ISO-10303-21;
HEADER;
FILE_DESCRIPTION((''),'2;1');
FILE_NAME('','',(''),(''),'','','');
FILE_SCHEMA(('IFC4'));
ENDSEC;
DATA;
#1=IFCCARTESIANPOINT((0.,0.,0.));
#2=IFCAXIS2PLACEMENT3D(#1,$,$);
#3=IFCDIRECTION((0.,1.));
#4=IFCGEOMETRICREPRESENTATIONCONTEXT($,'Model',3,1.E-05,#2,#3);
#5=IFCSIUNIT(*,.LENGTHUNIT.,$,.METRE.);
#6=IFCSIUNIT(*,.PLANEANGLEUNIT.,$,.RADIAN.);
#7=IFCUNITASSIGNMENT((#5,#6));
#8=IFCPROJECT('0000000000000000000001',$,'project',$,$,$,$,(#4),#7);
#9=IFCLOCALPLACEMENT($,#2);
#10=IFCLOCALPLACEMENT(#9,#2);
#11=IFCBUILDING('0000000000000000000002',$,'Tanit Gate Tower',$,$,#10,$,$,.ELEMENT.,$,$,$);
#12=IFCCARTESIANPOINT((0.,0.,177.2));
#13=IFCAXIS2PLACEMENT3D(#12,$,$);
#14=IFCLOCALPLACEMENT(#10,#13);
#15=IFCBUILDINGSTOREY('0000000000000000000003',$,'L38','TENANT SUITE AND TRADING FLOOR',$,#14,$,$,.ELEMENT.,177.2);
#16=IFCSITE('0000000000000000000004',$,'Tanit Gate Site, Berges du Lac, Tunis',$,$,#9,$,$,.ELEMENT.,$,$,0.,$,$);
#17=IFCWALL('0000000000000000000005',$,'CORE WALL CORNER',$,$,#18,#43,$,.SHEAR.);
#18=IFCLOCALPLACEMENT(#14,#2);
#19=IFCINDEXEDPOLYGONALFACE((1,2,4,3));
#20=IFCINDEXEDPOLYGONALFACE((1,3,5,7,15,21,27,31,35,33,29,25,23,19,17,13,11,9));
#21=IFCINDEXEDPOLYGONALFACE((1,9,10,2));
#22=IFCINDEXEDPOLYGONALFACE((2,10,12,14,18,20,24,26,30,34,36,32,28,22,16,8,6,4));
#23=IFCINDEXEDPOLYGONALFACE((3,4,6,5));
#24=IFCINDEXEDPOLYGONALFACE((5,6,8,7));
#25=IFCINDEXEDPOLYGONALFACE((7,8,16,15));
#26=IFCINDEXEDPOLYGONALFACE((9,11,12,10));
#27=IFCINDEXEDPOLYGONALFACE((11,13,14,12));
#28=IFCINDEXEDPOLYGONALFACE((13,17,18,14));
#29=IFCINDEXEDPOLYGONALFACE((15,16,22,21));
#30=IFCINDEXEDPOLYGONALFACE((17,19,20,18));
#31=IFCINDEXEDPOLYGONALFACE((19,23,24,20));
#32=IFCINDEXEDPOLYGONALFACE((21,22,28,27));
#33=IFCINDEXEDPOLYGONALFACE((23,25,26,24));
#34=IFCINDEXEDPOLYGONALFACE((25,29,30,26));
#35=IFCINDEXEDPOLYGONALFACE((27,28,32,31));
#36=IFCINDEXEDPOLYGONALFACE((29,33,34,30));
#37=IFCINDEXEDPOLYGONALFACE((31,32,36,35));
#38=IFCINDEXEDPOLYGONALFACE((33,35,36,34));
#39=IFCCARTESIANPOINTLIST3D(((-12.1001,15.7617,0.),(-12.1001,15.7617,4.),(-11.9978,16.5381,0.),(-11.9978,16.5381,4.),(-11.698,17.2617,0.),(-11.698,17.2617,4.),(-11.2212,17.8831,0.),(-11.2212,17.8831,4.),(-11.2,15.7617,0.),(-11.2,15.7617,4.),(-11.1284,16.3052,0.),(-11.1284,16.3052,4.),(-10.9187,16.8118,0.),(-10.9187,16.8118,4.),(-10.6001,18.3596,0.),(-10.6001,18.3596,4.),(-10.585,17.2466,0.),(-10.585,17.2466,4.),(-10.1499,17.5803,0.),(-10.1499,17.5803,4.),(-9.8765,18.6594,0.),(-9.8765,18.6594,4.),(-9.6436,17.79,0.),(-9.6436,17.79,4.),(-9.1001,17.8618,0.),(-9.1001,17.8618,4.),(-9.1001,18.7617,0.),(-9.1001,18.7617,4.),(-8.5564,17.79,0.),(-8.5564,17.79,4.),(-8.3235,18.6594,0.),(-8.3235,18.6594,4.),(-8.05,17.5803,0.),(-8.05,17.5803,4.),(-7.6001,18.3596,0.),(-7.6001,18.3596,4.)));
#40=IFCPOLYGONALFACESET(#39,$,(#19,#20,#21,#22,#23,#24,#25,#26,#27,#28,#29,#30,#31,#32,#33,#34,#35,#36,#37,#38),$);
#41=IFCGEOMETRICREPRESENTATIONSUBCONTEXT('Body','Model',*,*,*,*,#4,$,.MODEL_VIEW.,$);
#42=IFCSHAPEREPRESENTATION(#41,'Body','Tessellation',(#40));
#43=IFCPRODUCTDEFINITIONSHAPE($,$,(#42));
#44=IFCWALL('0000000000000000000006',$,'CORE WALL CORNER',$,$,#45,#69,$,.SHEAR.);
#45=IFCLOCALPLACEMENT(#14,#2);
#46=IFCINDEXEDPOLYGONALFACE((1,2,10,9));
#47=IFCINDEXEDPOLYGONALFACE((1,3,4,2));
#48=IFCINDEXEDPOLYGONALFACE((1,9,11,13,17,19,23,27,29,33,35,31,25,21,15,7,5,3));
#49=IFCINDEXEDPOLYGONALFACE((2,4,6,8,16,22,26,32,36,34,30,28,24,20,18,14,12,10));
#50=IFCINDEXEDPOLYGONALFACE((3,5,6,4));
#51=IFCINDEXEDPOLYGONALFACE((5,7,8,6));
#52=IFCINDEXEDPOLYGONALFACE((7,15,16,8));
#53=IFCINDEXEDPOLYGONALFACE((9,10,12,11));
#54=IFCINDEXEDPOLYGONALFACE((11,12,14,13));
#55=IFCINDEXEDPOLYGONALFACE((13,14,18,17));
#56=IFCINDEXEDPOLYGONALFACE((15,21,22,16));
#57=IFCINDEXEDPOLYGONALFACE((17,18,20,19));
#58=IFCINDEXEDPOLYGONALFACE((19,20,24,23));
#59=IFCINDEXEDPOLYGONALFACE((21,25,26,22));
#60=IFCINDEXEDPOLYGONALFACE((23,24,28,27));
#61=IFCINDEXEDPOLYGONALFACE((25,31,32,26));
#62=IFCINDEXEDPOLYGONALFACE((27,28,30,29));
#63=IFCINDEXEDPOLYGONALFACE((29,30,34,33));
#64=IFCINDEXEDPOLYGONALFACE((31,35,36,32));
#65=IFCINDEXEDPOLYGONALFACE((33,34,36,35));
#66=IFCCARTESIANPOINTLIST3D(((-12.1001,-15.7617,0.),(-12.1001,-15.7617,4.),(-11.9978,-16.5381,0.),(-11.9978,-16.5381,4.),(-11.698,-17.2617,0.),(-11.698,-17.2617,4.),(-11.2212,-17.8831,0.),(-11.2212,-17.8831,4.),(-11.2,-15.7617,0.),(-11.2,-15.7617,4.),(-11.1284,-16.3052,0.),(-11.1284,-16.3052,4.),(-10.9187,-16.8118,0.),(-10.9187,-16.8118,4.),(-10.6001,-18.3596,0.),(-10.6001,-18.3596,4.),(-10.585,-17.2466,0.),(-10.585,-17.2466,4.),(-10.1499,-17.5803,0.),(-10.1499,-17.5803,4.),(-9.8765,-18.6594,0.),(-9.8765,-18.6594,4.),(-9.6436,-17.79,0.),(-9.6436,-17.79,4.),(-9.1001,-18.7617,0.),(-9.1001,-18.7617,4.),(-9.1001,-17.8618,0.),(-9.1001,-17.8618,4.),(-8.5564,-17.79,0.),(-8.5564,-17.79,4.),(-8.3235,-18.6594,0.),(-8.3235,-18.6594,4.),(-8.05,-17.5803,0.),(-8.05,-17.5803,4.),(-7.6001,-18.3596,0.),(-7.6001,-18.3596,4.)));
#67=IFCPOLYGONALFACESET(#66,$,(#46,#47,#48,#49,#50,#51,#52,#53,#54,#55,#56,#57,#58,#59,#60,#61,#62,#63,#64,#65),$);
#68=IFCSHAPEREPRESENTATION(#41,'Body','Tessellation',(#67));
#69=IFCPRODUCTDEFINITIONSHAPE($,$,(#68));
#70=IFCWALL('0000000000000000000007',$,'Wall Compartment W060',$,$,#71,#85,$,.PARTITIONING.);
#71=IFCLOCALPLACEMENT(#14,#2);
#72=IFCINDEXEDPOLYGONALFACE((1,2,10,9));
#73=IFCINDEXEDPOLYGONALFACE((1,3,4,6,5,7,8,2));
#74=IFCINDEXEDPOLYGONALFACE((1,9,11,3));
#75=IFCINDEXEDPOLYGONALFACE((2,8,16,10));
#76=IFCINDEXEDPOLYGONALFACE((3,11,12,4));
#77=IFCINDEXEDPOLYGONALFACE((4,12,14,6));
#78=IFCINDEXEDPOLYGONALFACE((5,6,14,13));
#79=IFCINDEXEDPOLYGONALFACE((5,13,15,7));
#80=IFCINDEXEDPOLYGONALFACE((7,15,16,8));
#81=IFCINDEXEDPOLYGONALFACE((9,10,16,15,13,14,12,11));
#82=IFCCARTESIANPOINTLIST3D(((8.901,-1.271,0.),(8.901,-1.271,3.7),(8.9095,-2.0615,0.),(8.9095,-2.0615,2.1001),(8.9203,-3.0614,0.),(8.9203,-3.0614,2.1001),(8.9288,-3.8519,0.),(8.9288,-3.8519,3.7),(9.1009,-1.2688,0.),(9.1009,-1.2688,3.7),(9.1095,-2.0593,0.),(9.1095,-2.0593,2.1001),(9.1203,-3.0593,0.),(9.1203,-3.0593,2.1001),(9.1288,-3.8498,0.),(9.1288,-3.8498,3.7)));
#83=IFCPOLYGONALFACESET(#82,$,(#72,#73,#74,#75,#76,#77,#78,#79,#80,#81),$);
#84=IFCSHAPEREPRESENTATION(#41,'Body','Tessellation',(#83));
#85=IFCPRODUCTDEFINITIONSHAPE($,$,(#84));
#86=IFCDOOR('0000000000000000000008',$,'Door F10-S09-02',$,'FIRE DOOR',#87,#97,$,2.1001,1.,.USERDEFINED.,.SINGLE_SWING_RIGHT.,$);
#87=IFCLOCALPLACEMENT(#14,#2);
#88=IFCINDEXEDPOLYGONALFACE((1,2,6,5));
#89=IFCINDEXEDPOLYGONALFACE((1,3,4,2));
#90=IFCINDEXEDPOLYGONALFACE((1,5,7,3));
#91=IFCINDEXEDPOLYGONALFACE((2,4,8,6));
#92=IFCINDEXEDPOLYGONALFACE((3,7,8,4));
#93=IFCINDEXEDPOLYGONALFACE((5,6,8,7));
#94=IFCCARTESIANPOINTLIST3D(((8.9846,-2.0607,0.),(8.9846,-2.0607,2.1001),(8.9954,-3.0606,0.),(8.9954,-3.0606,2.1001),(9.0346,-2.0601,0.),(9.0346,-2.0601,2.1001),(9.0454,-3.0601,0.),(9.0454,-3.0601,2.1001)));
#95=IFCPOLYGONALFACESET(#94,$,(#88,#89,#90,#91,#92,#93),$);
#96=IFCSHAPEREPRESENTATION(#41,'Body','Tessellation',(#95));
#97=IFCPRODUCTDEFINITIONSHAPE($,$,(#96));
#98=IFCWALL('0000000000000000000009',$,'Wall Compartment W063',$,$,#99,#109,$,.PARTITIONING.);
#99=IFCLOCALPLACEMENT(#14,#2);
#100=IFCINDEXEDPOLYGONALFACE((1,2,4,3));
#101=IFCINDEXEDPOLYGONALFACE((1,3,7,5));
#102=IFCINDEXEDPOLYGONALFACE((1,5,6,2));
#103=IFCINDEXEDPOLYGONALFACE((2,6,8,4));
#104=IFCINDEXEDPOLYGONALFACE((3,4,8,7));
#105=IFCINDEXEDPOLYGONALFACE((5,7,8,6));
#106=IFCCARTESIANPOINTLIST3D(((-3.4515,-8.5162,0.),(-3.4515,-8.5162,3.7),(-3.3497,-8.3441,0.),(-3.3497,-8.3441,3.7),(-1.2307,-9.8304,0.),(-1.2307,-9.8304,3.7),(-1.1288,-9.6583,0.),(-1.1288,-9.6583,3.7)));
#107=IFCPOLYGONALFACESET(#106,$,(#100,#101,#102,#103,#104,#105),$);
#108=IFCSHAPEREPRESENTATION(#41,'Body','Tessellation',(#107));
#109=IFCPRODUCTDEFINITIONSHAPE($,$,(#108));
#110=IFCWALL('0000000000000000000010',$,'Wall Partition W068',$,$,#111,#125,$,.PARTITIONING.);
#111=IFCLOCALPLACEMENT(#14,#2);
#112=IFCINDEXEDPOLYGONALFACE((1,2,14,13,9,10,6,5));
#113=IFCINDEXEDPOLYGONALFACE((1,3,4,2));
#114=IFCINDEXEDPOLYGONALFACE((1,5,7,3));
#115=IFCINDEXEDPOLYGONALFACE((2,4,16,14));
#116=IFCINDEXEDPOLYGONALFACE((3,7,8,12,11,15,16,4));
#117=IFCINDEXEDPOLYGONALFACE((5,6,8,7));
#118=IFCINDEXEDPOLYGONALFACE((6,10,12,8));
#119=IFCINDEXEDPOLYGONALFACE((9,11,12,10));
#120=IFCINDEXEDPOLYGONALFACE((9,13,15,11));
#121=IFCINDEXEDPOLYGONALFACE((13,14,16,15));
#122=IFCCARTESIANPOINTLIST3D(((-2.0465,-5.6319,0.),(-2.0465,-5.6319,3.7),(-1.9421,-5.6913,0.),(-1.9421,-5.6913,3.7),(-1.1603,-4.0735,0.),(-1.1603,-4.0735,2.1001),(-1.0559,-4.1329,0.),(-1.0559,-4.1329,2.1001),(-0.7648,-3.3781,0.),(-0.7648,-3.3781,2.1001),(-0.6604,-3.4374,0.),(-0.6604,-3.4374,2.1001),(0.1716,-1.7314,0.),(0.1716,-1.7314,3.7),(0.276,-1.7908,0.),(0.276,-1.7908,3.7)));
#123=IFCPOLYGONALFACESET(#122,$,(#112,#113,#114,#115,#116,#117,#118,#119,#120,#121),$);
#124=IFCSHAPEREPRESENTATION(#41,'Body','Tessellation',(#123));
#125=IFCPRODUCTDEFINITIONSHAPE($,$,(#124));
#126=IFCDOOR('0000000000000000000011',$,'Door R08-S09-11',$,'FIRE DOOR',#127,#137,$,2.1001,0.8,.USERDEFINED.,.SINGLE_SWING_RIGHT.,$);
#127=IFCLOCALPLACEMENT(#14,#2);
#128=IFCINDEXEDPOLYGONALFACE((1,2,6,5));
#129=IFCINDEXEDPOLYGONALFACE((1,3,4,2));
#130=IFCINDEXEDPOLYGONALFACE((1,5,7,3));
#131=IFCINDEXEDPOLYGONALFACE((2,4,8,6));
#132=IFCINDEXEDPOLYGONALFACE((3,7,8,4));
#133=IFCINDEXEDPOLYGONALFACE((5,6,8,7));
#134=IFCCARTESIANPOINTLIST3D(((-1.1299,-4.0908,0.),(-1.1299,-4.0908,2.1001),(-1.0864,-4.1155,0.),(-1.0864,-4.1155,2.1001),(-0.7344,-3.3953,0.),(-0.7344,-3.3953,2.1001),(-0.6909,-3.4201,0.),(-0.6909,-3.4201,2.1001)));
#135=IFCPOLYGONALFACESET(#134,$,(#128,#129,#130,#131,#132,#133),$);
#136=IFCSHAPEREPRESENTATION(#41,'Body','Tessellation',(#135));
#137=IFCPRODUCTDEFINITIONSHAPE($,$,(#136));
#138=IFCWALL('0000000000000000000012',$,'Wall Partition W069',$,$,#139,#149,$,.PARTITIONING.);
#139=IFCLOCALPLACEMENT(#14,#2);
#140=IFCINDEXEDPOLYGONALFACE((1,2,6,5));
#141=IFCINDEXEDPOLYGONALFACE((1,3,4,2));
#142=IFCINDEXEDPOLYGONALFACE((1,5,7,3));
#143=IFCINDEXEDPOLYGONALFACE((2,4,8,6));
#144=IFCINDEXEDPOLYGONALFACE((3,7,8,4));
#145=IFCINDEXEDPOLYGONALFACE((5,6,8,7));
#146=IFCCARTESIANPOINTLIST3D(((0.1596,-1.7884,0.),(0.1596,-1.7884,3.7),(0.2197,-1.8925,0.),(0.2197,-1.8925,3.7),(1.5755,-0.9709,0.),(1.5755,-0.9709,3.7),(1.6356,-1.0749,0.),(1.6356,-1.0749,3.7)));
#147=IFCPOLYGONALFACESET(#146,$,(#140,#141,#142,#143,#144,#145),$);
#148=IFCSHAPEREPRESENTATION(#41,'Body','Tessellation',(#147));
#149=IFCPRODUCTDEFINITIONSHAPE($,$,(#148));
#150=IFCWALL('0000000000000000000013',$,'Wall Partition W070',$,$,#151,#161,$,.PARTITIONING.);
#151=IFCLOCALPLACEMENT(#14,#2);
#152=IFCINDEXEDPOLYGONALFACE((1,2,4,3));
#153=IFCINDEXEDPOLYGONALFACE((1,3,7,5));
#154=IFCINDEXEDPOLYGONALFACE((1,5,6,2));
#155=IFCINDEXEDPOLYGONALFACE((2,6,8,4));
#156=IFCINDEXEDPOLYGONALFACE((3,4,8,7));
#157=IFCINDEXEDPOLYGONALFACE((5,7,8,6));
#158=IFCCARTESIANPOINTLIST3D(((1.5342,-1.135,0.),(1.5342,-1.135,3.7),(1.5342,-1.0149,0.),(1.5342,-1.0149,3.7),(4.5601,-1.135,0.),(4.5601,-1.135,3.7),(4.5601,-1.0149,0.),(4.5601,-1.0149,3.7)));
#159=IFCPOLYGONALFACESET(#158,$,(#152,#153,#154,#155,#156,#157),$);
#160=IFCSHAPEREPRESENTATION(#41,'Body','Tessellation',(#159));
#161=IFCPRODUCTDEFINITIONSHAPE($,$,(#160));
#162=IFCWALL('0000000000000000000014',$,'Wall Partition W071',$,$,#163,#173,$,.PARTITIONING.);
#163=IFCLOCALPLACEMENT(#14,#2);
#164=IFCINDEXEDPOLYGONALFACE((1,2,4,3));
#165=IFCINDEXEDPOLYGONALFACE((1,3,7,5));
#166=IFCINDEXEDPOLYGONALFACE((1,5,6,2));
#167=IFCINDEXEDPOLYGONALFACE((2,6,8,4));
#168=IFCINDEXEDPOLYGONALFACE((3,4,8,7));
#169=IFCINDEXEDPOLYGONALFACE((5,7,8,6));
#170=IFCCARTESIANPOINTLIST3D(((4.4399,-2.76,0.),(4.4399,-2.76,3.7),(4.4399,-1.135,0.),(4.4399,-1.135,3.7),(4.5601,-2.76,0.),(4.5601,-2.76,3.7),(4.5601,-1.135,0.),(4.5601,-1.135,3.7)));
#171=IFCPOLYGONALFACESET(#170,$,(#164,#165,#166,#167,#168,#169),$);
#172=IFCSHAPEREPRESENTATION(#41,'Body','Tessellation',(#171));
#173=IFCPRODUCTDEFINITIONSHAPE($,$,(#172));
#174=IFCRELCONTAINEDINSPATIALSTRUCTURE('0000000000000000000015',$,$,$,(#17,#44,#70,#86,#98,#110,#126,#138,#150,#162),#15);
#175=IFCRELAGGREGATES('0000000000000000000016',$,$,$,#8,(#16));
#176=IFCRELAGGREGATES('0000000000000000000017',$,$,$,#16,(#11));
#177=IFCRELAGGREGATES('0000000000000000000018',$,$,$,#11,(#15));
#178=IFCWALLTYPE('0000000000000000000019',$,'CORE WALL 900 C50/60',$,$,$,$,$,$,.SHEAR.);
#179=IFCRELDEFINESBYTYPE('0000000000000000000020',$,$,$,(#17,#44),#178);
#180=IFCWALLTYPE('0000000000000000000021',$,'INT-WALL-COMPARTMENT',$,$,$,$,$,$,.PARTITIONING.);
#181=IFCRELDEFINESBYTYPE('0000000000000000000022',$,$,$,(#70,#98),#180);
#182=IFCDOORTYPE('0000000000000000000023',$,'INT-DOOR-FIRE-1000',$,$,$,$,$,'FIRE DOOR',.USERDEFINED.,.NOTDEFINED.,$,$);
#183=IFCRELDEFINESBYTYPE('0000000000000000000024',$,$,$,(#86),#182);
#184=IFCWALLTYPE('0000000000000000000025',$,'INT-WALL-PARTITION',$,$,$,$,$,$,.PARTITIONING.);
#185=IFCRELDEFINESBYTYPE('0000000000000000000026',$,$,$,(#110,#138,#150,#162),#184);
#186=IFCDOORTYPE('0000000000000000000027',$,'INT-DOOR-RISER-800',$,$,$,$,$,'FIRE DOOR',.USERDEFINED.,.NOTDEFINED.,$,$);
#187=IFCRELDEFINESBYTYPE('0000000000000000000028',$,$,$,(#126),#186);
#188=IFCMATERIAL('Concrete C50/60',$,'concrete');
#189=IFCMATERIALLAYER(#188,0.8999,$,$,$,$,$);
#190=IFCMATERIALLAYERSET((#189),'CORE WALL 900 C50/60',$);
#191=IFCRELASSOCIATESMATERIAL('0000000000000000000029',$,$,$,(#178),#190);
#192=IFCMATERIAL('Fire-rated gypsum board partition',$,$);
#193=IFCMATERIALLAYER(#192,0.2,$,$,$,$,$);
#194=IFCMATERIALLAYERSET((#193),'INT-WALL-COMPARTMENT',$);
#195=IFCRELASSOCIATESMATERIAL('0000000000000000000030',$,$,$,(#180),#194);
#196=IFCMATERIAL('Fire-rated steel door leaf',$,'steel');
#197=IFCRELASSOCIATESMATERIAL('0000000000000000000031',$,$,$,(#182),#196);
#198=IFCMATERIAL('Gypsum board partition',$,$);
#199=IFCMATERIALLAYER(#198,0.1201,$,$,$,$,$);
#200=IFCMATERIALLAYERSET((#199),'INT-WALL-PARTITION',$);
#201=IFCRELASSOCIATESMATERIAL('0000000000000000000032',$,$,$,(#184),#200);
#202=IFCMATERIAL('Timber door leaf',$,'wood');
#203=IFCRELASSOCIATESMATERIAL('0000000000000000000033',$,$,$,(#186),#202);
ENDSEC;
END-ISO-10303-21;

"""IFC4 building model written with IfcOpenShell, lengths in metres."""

from ifc_helpers import new_model, si_unit, direction, frame, frame_2d, origin, place, context, subcontext, project, spatial, polyline, rectangle, outline, extrude, material, layer, layer_set, type_object, element, fill, save


model = new_model("IFC4")

# Units and contexts
model_context = context("Model", 3, precision=1e-05, world=origin(), true_north=direction((0.0, 1.0)))
body_context = subcontext(model_context, "Body", "Model", "MODEL_VIEW")
ifc_project = project(units=[si_unit("LENGTHUNIT", "METRE"), si_unit("PLANEANGLEUNIT", "RADIAN")], contexts=[model_context])

# Site, building, storey
site_placement = place(None, origin())
site = spatial("IfcSite", under=ifc_project, at=site_placement, Name="Tanit Gate Site, Berges du Lac, Tunis", CompositionType="ELEMENT", RefElevation=0.0)
building_placement = place(site_placement, origin())
building = spatial("IfcBuilding", under=site, at=building_placement, Name="Tanit Gate Tower", CompositionType="ELEMENT")
storey_placement = place(building_placement, frame((0.0, 0.0, 177.2)))
storey = spatial("IfcBuildingStorey", under=building, at=storey_placement, Name="L38", Description="TENANT SUITE AND TRADING FLOOR", CompositionType="ELEMENT", Elevation=177.2)

# Walls
ifc_material_1 = material(Name="Concrete C50/60", Category="concrete")
ifc_layer_1 = layer(ifc_material_1, 0.8999)
ifc_layer_set_1 = layer_set([ifc_layer_1], Name="CORE WALL 900 C50/60")
wall_type_1 = type_object("IfcWallType", Name="CORE WALL 900 C50/60", PredefinedType="SHEAR", material=ifc_layer_set_1)
wall_1_placement = place(storey_placement, origin())
element("IfcWall", 1, at=wall_1_placement, inside=storey, type_object=wall_type_1, Name="CORE WALL CORNER", PredefinedType="SHEAR", context=body_context, shape_type="SweptSolid", body=[
    extrude(outline(polyline([(-7.6001, 18.3596), (-8.3235, 18.6594), (-9.1001, 18.7617), (-9.8765, 18.6594), (-10.6001, 18.3596), (-11.2212, 17.8831), (-11.698, 17.2617), (-11.9978, 16.5381), (-12.1001, 15.7617), (-11.2, 15.7617), (-11.1284, 16.3052), (-10.9187, 16.8118), (-10.585, 17.2466), (-10.1499, 17.5803), (-9.6436, 17.79), (-9.1001, 17.8618), (-8.5564, 17.79), (-8.05, 17.5803), (-7.6001, 18.3596)])), origin(), (0.0, 0.0, 1.0), 4.0),
])
wall_2_placement = place(storey_placement, origin())
element("IfcWall", 2, at=wall_2_placement, inside=storey, type_object=wall_type_1, Name="CORE WALL CORNER", PredefinedType="SHEAR", context=body_context, shape_type="SweptSolid", body=[
    extrude(outline(polyline([(-12.1001, -15.7617), (-11.9978, -16.5381), (-11.698, -17.2617), (-11.2212, -17.8831), (-10.6001, -18.3596), (-9.8765, -18.6594), (-9.1001, -18.7617), (-8.3235, -18.6594), (-7.6001, -18.3596), (-8.05, -17.5803), (-8.5564, -17.79), (-9.1001, -17.8618), (-9.6436, -17.79), (-10.1499, -17.5803), (-10.585, -17.2466), (-10.9187, -16.8118), (-11.1284, -16.3052), (-11.2, -15.7617), (-12.1001, -15.7617)])), origin(), (0.0, 0.0, 1.0), 4.0),
])

# Wall, opening, door
ifc_material_2 = material(Name="Fire-rated gypsum board partition")
ifc_layer_2 = layer(ifc_material_2, 0.2)
ifc_layer_set_2 = layer_set([ifc_layer_2], Name="INT-WALL-COMPARTMENT")
wall_type_2 = type_object("IfcWallType", Name="INT-WALL-COMPARTMENT", PredefinedType="PARTITIONING", material=ifc_layer_set_2)
wall_3_placement = place(storey_placement, frame((9.0288, -3.8508, 0.0), z_axis=(0.0, 0.0, 1.0), x_axis=(-0.010784, 0.999942, 0.0)))
wall_3 = element("IfcWall", 3, at=wall_3_placement, inside=storey, type_object=wall_type_2, Name="Wall Compartment W060", PredefinedType="PARTITIONING", context=body_context, shape_type="SweptSolid", body=[
    extrude(rectangle(XDim=2.5811, YDim=0.2, at=frame_2d((1.2905, 0.0))), origin(), (0.0, 0.0, 1.0), 3.7),
])
opening_1_placement = place(wall_3_placement, frame((0.7905, 0.0, 0.0)))
opening_1 = element("IfcOpeningElement", 4, at=opening_1_placement, cuts=wall_3, PredefinedType="OPENING", context=body_context, shape_type="SweptSolid", body=[
    extrude(rectangle(XDim=1.0, YDim=2.1001, at=frame_2d((0.5, 1.05))), frame((0.0, 0.1099, 0.0), z_axis=(0.0, -1.0, 0.0), x_axis=(1.0, 0.0, 0.0)), (0.0, 0.0, 1.0), 0.22),
])
ifc_material_3 = material(Name="Fire-rated steel door leaf", Category="steel")
door_type_1 = type_object("IfcDoorType", Name="INT-DOOR-FIRE-1000", ElementType="FIRE DOOR", OperationType="NOTDEFINED", PredefinedType="USERDEFINED", material=ifc_material_3)
door_1_placement = place(opening_1_placement, origin())
door_1 = element("IfcDoor", 5, at=door_1_placement, inside=storey, type_object=door_type_1, Name="Door F10-S09-02", ObjectType="FIRE DOOR", OperationType="SINGLE_SWING_RIGHT", OverallHeight=2.1001, OverallWidth=1.0, PredefinedType="USERDEFINED", context=body_context, shape_type="SweptSolid", body=[
    extrude(rectangle(XDim=1.0, YDim=2.1001, at=frame_2d((0.5, 1.05))), frame((0.0, 0.0249, 0.0), z_axis=(0.0, -1.0, 0.0), x_axis=(1.0, 0.0, 0.0)), (0.0, 0.0, 1.0), 0.05),
])
fill(opening_1, door_1)

# Wall
wall_4_placement = place(storey_placement, frame((-3.4006, -8.4302, 0.0), z_axis=(0.0, 0.0, 1.0), x_axis=(0.860616, -0.509255, 0.0)))
element("IfcWall", 6, at=wall_4_placement, inside=storey, type_object=wall_type_2, Name="Wall Compartment W063", PredefinedType="PARTITIONING", context=body_context, shape_type="SweptSolid", body=[
    extrude(rectangle(XDim=2.5806, YDim=0.2, at=frame_2d((1.2903, 0.0))), origin(), (0.0, 0.0, 1.0), 3.7),
])

# Wall, opening, door
ifc_material_4 = material(Name="Gypsum board partition")
ifc_layer_3 = layer(ifc_material_4, 0.1201)
ifc_layer_set_3 = layer_set([ifc_layer_3], Name="INT-WALL-PARTITION")
wall_type_3 = type_object("IfcWallType", Name="INT-WALL-PARTITION", PredefinedType="PARTITIONING", material=ifc_layer_set_3)
wall_5_placement = place(storey_placement, frame((0.2239, -1.761, 0.0), z_axis=(0.0, 0.0, 1.0), x_axis=(-0.494327, -0.869276, 0.0)))
wall_5 = element("IfcWall", 7, at=wall_5_placement, inside=storey, type_object=wall_type_3, Name="Wall Partition W068", PredefinedType="PARTITIONING", context=body_context, shape_type="SweptSolid", body=[
    extrude(rectangle(XDim=4.4871, YDim=0.1201, at=frame_2d((2.2437, 0.0))), origin(), (0.0, 0.0, 1.0), 3.7),
])
opening_2_placement = place(wall_5_placement, frame((1.8945, 0.0, 0.0)))
opening_2 = element("IfcOpeningElement", 8, at=opening_2_placement, cuts=wall_5, PredefinedType="OPENING", context=body_context, shape_type="SweptSolid", body=[
    extrude(rectangle(XDim=0.8, YDim=2.1001, at=frame_2d((0.3999, 1.05))), frame((0.0, 0.0701, 0.0), z_axis=(0.0, -1.0, 0.0), x_axis=(1.0, 0.0, 0.0)), (0.0, 0.0, 1.0), 0.1401),
])
ifc_material_5 = material(Name="Timber door leaf", Category="wood")
door_type_2 = type_object("IfcDoorType", Name="INT-DOOR-RISER-800", ElementType="FIRE DOOR", OperationType="NOTDEFINED", PredefinedType="USERDEFINED", material=ifc_material_5)
door_2_placement = place(opening_2_placement, origin())
door_2 = element("IfcDoor", 9, at=door_2_placement, inside=storey, type_object=door_type_2, Name="Door R08-S09-11", ObjectType="FIRE DOOR", OperationType="SINGLE_SWING_RIGHT", OverallHeight=2.1001, OverallWidth=0.8, PredefinedType="USERDEFINED", context=body_context, shape_type="SweptSolid", body=[
    extrude(rectangle(XDim=0.8, YDim=2.1001, at=frame_2d((0.3999, 1.05))), frame((0.0, 0.0249, 0.0), z_axis=(0.0, -1.0, 0.0), x_axis=(1.0, 0.0, 0.0)), (0.0, 0.0, 1.0), 0.05),
])
fill(opening_2, door_2)

# Walls
wall_6_placement = place(storey_placement, frame((1.6055, -1.0229, 0.0), z_axis=(0.0, 0.0, 1.0), x_axis=(-0.866002, -0.500041, 0.0)))
element("IfcWall", 10, at=wall_6_placement, inside=storey, type_object=wall_type_3, Name="Wall Partition W069", PredefinedType="PARTITIONING", context=body_context, shape_type="SweptSolid", body=[
    extrude(rectangle(XDim=1.635, YDim=0.1201, at=frame_2d((0.8174, 0.0))), origin(), (0.0, 0.0, 1.0), 3.7),
])
wall_7_placement = place(storey_placement, frame((4.5601, -1.075, 0.0), z_axis=(0.0, 0.0, 1.0), x_axis=(-1.0, 0.0, 0.0)))
element("IfcWall", 11, at=wall_7_placement, inside=storey, type_object=wall_type_3, Name="Wall Partition W070", PredefinedType="PARTITIONING", context=body_context, shape_type="SweptSolid", body=[
    extrude(rectangle(XDim=3.0259, YDim=0.1201, at=frame_2d((1.5129, 0.0))), origin(), (0.0, 0.0, 1.0), 3.7),
])
wall_8_placement = place(storey_placement, frame((4.5, -2.76, 0.0), z_axis=(0.0, 0.0, 1.0), x_axis=(0.0, 1.0, 0.0)))
element("IfcWall", 12, at=wall_8_placement, inside=storey, type_object=wall_type_3, Name="Wall Partition W071", PredefinedType="PARTITIONING", context=body_context, shape_type="SweptSolid", body=[
    extrude(rectangle(XDim=1.625, YDim=0.1201, at=frame_2d((0.8125, 0.0))), origin(), (0.0, 0.0, 1.0), 3.7),
])

save(model, "model.ifc")
